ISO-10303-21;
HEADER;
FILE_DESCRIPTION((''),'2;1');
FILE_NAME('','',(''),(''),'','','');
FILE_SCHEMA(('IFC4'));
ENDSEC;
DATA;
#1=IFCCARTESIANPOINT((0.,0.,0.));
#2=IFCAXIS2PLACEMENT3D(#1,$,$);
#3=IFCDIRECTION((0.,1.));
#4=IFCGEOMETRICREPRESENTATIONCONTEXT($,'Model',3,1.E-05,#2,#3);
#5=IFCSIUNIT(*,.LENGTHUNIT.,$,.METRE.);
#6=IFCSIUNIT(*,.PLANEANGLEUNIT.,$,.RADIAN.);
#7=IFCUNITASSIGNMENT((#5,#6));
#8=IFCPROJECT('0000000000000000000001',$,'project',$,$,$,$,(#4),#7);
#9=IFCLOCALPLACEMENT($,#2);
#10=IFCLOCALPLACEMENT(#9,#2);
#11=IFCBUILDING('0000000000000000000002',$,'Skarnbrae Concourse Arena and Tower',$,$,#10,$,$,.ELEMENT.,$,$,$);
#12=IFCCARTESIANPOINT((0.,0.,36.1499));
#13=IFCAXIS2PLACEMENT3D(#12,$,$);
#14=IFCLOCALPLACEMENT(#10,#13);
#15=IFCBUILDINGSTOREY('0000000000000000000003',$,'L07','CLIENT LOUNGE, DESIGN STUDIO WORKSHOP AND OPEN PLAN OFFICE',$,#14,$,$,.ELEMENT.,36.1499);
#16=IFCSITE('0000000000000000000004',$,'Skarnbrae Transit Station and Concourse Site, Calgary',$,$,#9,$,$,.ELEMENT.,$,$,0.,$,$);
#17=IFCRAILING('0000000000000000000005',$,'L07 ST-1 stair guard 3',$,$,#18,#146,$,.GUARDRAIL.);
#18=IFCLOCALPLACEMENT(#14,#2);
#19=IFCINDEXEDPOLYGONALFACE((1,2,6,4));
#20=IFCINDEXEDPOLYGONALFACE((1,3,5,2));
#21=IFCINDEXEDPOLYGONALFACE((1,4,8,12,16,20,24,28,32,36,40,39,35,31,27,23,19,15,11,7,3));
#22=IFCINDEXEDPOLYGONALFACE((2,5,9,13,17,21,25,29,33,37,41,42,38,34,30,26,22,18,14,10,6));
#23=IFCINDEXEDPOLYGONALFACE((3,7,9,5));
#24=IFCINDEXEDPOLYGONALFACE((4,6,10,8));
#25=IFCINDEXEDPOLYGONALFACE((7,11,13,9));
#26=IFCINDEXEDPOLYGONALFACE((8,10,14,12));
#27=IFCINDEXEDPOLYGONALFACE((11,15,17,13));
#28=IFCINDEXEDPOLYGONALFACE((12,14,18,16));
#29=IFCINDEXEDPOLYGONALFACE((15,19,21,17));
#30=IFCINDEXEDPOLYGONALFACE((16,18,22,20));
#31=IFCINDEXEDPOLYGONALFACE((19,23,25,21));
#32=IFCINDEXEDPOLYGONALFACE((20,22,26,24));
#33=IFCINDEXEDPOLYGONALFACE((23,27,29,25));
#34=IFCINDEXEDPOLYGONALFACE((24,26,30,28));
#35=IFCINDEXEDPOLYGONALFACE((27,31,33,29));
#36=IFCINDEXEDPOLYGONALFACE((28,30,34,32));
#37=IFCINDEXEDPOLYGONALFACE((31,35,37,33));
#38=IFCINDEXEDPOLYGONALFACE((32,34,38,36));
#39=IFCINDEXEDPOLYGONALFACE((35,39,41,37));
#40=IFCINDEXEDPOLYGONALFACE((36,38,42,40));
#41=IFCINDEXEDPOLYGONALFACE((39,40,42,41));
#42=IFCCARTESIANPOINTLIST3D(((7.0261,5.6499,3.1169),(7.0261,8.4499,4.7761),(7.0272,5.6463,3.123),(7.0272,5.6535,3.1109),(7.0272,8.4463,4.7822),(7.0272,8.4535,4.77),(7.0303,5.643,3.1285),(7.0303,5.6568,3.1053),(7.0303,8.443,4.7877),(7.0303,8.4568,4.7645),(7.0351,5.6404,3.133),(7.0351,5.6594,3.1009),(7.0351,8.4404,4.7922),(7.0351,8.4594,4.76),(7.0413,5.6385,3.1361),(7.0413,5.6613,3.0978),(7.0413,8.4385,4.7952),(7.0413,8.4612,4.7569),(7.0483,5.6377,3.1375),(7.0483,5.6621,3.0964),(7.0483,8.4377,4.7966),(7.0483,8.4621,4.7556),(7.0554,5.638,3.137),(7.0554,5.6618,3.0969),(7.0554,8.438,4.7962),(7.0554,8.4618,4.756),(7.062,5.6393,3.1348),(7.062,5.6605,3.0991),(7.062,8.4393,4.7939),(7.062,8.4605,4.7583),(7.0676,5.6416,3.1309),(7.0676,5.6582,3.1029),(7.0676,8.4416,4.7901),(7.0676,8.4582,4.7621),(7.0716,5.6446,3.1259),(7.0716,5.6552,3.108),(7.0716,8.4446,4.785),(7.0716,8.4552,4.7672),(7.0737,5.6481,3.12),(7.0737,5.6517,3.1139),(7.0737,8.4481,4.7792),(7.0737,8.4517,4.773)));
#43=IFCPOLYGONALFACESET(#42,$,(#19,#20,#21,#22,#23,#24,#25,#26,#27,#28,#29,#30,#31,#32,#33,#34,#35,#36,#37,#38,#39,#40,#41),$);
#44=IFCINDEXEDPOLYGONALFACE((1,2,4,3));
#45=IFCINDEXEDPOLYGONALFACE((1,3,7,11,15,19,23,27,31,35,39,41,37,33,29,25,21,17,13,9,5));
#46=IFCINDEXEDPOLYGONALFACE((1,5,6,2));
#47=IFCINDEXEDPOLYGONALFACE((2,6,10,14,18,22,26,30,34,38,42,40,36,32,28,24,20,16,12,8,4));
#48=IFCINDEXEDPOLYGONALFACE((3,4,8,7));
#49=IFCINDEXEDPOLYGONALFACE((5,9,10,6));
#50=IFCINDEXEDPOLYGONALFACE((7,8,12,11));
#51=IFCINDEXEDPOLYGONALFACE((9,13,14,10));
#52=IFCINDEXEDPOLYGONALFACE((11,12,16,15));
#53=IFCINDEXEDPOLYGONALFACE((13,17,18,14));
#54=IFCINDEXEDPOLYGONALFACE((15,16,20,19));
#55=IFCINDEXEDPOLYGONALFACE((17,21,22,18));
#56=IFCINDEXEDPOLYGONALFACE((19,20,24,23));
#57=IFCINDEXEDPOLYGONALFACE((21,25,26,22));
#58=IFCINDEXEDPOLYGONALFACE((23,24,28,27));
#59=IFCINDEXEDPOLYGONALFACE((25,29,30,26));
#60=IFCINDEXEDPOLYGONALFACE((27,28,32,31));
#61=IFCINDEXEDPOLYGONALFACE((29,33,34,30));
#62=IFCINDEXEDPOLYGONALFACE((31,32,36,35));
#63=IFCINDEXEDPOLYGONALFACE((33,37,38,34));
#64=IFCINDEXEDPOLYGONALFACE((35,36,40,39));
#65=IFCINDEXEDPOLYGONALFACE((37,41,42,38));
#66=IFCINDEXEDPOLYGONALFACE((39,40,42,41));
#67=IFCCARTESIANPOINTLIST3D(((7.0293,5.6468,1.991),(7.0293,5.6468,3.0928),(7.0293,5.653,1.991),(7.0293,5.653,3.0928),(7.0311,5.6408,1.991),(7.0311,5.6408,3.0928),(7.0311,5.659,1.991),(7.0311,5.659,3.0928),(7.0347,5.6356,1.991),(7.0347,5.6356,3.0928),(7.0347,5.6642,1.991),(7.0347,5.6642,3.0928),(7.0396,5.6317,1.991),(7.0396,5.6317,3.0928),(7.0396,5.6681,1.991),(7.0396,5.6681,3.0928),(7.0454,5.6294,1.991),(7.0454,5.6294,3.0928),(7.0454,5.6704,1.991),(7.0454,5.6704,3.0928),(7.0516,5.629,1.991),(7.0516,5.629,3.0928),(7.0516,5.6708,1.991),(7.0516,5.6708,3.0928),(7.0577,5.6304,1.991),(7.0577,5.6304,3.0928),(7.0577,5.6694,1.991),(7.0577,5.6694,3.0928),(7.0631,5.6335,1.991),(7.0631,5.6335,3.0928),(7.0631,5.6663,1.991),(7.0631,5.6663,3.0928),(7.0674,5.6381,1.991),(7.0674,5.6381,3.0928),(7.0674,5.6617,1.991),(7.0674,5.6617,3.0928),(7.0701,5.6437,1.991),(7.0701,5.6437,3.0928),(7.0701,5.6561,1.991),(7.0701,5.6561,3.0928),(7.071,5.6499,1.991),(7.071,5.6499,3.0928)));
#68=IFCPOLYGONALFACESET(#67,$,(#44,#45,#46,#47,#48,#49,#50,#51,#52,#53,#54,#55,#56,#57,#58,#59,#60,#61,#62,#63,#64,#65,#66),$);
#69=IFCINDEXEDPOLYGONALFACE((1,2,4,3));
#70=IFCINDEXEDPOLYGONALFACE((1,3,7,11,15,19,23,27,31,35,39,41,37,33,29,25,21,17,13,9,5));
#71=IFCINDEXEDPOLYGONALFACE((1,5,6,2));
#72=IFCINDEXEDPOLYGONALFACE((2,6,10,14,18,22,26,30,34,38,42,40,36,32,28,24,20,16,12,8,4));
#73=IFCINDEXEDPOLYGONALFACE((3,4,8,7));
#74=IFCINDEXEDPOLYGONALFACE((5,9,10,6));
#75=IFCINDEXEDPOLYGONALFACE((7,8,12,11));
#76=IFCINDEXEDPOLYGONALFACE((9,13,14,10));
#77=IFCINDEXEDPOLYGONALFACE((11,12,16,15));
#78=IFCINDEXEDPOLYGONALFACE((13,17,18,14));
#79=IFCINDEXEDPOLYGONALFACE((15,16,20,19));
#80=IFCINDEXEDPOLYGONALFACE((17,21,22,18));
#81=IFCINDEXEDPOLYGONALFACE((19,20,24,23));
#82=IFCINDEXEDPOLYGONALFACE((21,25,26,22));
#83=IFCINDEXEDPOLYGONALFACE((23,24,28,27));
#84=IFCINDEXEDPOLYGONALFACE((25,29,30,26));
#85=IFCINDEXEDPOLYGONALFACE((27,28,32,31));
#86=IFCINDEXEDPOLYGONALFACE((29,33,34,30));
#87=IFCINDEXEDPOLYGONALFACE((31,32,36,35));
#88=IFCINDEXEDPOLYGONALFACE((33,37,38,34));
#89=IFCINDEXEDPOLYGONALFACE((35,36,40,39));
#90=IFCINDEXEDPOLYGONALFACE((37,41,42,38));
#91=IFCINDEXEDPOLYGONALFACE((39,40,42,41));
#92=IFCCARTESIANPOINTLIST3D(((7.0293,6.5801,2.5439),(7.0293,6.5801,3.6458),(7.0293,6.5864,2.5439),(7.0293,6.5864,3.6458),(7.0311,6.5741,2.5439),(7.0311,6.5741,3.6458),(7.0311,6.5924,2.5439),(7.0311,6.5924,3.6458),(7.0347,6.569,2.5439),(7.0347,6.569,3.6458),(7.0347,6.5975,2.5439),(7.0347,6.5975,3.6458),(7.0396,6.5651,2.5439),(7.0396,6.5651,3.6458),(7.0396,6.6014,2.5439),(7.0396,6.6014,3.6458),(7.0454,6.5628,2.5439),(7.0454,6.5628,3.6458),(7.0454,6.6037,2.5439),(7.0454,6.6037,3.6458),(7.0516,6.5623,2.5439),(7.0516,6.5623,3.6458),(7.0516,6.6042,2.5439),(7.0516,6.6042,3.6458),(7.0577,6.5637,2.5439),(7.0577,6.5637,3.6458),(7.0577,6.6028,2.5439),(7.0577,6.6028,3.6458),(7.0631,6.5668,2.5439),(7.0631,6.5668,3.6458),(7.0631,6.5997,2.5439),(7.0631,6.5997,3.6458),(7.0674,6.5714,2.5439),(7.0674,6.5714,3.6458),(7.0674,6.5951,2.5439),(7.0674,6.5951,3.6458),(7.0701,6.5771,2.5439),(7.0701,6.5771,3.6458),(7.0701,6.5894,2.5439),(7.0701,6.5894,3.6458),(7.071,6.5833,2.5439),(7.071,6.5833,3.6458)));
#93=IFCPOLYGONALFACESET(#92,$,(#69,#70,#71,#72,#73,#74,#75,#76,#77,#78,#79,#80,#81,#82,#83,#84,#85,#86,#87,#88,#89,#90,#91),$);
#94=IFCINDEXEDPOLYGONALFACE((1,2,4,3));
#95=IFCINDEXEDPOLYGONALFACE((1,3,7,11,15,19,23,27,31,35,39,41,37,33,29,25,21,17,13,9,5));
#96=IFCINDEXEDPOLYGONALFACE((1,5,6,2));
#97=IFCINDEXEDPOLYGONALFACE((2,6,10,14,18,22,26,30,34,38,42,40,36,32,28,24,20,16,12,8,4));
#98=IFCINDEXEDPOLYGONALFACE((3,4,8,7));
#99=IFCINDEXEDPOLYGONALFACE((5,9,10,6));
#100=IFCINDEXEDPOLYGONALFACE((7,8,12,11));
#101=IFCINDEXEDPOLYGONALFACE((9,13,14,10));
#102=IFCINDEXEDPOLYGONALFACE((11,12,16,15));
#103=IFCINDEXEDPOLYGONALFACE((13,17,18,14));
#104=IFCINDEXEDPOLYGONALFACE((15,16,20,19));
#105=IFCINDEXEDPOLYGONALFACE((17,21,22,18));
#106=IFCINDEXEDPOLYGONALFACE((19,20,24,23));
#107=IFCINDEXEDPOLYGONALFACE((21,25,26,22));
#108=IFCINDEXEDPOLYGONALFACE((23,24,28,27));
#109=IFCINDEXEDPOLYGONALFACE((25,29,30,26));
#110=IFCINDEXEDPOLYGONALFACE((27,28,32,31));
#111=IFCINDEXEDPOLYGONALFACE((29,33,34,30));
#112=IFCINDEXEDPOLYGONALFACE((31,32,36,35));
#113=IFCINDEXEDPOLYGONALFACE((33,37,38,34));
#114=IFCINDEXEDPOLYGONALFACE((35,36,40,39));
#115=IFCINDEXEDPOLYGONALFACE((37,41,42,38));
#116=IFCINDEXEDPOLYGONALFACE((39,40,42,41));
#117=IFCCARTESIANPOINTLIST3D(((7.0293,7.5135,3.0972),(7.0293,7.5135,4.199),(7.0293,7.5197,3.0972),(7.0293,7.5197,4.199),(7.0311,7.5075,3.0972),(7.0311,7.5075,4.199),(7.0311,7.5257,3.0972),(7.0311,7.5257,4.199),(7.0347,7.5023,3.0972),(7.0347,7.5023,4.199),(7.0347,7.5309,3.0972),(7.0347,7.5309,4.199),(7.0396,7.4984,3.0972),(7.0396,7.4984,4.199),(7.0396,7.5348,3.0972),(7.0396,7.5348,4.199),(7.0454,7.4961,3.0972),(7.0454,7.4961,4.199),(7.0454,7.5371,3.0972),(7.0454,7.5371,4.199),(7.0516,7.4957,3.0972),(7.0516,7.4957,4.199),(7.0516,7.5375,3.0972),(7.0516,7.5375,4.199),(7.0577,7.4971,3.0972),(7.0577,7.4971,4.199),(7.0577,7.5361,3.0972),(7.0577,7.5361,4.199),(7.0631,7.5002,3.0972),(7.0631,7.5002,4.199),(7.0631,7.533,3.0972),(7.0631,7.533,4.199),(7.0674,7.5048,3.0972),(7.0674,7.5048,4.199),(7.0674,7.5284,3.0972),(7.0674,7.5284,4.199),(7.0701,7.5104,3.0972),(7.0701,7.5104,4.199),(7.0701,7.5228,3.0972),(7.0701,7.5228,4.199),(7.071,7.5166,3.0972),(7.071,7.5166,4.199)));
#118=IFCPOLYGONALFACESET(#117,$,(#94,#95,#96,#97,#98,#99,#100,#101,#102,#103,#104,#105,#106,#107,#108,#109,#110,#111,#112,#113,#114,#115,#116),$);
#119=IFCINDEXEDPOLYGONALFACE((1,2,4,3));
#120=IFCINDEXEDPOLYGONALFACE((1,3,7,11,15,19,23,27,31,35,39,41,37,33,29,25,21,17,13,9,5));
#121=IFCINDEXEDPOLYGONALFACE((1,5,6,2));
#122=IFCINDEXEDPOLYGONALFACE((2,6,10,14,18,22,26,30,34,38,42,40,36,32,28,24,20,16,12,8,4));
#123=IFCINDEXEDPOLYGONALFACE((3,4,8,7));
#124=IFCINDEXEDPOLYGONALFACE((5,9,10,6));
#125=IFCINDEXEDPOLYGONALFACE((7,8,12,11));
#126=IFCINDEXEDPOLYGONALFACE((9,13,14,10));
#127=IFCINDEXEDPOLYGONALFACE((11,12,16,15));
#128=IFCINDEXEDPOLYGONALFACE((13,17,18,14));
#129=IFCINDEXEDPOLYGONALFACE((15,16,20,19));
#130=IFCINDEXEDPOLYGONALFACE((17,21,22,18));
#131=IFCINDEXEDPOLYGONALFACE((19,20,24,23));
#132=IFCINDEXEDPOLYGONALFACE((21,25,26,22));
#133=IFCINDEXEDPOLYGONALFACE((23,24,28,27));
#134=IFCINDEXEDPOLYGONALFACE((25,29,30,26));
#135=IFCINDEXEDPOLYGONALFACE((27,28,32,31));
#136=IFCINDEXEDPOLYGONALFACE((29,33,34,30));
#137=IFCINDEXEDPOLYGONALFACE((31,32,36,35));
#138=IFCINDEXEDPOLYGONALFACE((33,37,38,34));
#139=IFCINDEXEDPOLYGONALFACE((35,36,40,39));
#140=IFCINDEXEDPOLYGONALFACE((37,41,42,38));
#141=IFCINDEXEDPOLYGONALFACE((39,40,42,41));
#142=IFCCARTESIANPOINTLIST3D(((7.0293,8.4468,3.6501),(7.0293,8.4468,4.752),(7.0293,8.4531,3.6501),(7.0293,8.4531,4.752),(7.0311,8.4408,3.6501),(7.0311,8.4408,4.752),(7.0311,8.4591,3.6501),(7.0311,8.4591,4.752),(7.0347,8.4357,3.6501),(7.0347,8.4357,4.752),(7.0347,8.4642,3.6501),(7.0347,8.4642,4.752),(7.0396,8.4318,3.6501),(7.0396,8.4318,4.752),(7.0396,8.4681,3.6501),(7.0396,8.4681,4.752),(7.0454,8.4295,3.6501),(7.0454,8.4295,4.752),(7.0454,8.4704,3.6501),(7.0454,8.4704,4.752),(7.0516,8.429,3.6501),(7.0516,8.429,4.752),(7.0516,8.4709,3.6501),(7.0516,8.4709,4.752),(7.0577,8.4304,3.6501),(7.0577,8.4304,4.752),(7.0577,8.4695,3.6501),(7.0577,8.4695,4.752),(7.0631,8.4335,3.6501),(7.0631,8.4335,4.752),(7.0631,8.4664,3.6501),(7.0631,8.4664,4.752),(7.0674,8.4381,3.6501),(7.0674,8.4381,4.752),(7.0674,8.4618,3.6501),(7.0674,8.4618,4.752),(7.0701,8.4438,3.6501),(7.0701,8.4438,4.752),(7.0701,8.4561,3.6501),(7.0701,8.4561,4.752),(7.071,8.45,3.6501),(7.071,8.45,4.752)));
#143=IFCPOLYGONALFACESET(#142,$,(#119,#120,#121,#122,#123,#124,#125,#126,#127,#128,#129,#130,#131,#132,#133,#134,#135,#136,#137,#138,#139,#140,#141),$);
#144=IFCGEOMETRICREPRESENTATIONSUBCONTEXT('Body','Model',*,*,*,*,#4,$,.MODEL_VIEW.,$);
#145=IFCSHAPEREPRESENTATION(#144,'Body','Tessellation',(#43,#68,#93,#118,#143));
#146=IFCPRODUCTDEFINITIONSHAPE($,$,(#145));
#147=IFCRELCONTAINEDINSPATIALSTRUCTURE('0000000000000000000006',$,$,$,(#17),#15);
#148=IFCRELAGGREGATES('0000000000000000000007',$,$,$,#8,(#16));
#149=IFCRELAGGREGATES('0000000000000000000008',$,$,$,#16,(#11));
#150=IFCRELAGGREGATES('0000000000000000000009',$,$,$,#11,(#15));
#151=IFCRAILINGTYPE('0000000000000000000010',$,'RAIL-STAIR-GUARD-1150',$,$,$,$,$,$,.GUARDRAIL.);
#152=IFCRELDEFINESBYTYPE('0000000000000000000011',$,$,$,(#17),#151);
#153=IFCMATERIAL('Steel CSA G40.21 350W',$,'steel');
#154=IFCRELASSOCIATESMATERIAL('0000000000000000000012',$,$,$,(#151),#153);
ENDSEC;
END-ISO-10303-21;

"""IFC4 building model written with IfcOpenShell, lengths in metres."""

from ifc_helpers import new_model, si_unit, direction, frame, origin, origin_2d, place, context, subcontext, project, spatial, circle, extrude, material, type_object, element, save


model = new_model("IFC4")

# Units and contexts
model_context = context("Model", 3, precision=1e-05, world=origin(), true_north=direction((0.0, 1.0)))
body_context = subcontext(model_context, "Body", "Model", "MODEL_VIEW")
ifc_project = project(units=[si_unit("LENGTHUNIT", "METRE"), si_unit("PLANEANGLEUNIT", "RADIAN")], contexts=[model_context])

# Site, building, storey
site_placement = place(None, origin())
site = spatial("IfcSite", under=ifc_project, at=site_placement, Name="Skarnbrae Transit Station and Concourse Site, Calgary", CompositionType="ELEMENT", RefElevation=0.0)
building_placement = place(site_placement, origin())
building = spatial("IfcBuilding", under=site, at=building_placement, Name="Skarnbrae Concourse Arena and Tower", CompositionType="ELEMENT")
storey_placement = place(building_placement, frame((0.0, 0.0, 36.1499)))
storey = spatial("IfcBuildingStorey", under=building, at=storey_placement, Name="L07", Description="CLIENT LOUNGE, DESIGN STUDIO WORKSHOP AND OPEN PLAN OFFICE", CompositionType="ELEMENT", Elevation=36.1499)

# Shared definitions
ifc_material_1 = material(Name="Steel CSA G40.21 350W", Category="steel")

# Railing
railing_type_1 = type_object("IfcRailingType", Name="RAIL-STAIR-GUARD-1150", PredefinedType="GUARDRAIL", material=ifc_material_1)
railing_1_placement = place(storey_placement, frame((7.05, 5.6499, 1.991)))
element("IfcRailing", 1, at=railing_1_placement, inside=storey, type_object=railing_type_1, Name="L07 ST-1 stair guard 3", PredefinedType="GUARDRAIL", context=body_context, shape_type="SweptSolid", body=[
    extrude(circle(Radius=0.0239, at=origin_2d()), frame((0.0, 0.0, 1.126), z_axis=(0.0, 0.860306, 0.509778), x_axis=(-1.0, 0.0, 0.0)), (0.0, 0.0, 1.0), 3.2546),
    extrude(circle(Radius=0.021, at=origin_2d()), origin(), (0.0, 0.0, 1.0), 1.1018),
    extrude(circle(Radius=0.021, at=origin_2d()), frame((0.0, 0.9333, 0.553)), (0.0, 0.0, 1.0), 1.1018),
    extrude(circle(Radius=0.021, at=origin_2d()), frame((0.0, 1.8667, 1.1062)), (0.0, 0.0, 1.0), 1.1018),
    extrude(circle(Radius=0.021, at=origin_2d()), frame((0.0, 2.8, 1.6592)), (0.0, 0.0, 1.0), 1.1018),
])

save(model, "model.ifc")
